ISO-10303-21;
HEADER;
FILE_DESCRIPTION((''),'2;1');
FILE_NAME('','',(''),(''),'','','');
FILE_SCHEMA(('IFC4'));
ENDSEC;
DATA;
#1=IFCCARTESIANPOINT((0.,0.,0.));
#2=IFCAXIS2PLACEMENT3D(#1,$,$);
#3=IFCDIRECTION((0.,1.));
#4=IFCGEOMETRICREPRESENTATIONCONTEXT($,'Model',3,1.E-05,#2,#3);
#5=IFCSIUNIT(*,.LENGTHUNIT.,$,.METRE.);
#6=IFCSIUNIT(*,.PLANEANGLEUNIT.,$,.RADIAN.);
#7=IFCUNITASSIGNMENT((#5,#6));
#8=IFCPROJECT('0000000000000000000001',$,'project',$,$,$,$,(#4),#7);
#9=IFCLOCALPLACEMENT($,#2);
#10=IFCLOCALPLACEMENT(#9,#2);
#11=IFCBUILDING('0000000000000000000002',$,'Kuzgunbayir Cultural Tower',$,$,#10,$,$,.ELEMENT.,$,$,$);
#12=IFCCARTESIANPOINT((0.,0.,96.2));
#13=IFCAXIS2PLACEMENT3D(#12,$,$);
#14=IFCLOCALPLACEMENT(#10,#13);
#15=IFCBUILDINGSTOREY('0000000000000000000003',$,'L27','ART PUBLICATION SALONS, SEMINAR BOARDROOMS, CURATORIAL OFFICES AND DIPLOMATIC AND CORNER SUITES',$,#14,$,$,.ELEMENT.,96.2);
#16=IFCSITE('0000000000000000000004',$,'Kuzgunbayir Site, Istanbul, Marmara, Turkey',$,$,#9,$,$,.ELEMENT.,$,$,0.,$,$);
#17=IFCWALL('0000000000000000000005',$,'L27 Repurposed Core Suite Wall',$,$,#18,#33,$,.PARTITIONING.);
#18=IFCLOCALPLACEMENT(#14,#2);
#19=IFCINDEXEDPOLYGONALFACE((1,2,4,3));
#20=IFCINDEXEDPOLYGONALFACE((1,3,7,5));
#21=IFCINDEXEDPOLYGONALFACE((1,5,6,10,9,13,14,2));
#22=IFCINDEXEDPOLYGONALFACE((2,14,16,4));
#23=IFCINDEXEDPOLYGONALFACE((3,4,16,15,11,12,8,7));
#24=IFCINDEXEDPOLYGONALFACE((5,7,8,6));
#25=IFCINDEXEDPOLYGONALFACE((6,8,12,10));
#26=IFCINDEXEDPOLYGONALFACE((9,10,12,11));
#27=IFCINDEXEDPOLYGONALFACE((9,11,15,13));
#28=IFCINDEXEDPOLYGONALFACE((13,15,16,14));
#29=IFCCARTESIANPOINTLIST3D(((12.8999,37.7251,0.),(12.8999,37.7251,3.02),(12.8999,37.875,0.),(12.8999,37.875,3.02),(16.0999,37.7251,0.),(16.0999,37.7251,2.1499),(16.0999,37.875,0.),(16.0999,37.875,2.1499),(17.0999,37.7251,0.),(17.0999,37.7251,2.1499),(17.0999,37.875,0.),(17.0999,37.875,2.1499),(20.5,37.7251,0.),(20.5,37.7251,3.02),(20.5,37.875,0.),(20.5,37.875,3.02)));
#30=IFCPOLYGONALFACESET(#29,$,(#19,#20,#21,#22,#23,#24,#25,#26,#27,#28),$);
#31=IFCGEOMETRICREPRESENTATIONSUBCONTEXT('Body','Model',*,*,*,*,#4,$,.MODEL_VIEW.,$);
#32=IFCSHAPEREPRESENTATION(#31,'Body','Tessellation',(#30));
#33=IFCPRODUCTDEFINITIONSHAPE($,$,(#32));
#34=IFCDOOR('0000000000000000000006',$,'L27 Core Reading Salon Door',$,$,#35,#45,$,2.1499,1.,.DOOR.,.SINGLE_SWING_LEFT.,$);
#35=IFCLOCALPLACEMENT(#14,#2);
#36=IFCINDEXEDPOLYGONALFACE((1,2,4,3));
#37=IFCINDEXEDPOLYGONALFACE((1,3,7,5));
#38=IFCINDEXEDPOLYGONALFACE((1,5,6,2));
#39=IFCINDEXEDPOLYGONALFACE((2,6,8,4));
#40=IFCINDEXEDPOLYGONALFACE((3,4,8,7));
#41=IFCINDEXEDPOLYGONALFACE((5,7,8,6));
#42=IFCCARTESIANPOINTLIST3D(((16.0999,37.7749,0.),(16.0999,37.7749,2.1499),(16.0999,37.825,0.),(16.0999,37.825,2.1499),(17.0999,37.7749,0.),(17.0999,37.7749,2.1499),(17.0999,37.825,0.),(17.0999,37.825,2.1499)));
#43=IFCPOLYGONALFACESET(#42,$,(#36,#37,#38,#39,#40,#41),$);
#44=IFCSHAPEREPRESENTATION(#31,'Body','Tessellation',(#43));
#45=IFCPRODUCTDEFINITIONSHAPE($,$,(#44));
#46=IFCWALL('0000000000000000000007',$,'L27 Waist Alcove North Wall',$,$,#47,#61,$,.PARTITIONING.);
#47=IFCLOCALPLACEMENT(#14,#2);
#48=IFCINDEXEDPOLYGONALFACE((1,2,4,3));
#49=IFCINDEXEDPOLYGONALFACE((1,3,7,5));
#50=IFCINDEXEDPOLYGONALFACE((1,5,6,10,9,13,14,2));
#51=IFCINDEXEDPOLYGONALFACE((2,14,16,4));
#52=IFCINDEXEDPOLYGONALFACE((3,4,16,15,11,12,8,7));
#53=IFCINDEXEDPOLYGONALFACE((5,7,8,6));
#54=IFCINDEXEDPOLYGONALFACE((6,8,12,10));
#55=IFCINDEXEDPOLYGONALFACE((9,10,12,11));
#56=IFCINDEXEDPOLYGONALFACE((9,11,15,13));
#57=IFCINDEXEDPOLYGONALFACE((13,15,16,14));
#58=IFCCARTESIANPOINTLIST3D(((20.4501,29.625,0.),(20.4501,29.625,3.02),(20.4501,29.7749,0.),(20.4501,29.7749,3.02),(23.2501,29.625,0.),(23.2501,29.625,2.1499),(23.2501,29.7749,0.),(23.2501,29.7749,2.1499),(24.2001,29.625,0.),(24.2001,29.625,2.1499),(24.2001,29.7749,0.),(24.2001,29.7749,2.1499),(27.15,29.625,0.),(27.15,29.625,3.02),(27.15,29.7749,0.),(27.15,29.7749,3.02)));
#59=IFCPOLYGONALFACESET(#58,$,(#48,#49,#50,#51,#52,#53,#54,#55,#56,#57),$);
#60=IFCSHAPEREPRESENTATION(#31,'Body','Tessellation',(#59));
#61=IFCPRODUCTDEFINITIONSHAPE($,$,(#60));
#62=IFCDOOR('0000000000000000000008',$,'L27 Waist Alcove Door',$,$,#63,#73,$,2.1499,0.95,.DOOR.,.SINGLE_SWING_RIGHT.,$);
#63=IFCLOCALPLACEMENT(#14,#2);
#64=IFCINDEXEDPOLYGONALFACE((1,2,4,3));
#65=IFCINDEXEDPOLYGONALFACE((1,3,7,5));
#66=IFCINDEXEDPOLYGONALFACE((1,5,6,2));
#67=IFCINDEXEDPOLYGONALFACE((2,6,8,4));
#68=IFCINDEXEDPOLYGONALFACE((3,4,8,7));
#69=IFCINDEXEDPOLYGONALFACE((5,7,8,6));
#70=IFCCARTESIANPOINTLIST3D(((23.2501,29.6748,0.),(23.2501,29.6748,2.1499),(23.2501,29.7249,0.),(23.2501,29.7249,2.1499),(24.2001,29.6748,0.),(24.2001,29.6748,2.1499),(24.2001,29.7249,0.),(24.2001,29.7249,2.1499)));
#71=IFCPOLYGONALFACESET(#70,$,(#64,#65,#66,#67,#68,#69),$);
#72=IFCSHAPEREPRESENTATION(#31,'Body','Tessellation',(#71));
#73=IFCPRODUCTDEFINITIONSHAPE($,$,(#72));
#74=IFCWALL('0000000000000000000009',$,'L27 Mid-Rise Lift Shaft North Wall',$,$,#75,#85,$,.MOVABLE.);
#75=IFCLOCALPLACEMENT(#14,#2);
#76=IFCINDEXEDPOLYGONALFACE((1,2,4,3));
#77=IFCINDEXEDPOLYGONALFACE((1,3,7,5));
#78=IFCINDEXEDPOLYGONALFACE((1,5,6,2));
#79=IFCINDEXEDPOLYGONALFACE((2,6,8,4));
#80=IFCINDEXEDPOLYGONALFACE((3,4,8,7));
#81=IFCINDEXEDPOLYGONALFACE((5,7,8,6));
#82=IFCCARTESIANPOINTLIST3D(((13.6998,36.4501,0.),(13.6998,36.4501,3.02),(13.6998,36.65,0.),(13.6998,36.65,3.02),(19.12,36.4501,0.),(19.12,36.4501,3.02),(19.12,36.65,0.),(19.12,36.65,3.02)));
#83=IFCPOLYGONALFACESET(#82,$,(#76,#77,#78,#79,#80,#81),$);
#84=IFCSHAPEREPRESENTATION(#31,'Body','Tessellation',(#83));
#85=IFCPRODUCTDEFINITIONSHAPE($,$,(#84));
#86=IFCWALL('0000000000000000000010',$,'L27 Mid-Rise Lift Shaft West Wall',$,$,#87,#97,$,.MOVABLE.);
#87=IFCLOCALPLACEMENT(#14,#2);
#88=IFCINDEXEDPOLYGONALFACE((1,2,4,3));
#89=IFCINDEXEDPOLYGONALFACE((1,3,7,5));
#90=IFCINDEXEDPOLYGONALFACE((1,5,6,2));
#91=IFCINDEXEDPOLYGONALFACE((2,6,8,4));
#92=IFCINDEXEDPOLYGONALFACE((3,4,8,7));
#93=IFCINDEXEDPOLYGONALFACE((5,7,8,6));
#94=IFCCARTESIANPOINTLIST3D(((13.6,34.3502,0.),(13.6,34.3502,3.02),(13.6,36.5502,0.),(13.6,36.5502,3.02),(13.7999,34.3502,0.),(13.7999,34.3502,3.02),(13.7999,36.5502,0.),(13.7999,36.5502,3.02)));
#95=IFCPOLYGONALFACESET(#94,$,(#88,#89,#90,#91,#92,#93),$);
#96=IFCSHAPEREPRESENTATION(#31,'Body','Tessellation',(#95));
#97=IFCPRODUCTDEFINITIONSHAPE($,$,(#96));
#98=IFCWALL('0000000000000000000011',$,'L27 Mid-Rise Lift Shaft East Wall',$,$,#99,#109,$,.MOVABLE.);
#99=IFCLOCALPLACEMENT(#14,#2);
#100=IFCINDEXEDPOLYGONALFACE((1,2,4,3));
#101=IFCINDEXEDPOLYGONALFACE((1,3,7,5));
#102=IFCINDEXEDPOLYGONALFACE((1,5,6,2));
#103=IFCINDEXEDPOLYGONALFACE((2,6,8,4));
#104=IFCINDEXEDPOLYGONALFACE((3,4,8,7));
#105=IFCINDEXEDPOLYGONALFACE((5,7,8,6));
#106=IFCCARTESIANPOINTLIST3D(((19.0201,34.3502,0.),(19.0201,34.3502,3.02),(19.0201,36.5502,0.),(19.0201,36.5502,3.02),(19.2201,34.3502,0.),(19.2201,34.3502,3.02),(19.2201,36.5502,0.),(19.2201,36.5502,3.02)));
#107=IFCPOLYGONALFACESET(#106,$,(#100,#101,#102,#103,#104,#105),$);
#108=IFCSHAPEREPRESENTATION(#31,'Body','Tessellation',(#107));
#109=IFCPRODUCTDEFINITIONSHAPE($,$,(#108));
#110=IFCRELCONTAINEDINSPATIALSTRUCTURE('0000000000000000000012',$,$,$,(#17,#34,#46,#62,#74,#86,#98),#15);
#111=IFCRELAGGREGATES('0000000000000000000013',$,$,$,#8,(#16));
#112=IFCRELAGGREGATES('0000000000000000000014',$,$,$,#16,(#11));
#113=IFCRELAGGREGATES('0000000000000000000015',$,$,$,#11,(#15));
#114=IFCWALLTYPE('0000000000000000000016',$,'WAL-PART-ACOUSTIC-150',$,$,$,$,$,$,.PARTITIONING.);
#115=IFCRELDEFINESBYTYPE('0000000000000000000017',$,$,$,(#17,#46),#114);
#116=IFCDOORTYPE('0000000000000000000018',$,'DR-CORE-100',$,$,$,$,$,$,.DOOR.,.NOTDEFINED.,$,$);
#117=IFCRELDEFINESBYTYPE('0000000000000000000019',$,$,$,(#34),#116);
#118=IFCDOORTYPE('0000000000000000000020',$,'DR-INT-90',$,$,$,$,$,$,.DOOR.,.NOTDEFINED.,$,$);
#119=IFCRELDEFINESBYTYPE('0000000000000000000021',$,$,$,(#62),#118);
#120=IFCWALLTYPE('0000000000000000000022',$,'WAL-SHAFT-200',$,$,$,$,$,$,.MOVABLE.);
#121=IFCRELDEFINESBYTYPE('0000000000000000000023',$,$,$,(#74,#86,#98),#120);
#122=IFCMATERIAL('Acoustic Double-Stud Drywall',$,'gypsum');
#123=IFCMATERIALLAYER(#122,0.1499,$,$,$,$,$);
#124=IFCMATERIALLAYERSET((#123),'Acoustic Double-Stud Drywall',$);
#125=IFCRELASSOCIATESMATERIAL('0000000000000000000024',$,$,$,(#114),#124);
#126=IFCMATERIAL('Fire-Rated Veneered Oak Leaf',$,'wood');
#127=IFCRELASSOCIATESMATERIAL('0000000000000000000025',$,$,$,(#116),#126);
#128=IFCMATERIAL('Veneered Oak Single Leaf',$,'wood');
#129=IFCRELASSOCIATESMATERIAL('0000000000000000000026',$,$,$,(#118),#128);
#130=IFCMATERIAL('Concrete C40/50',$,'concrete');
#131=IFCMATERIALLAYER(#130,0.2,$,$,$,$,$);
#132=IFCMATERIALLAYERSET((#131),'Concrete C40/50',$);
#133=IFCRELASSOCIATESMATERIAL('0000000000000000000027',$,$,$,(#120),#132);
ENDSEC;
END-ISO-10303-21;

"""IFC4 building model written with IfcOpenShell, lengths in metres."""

from ifc_helpers import new_model, si_unit, direction, frame, frame_2d, origin, place, context, subcontext, project, spatial, rectangle, extrude, material, layer, layer_set, type_object, element, fill, save


model = new_model("IFC4")

# Units and contexts
model_context = context("Model", 3, precision=1e-05, world=origin(), true_north=direction((0.0, 1.0)))
body_context = subcontext(model_context, "Body", "Model", "MODEL_VIEW")
ifc_project = project(units=[si_unit("LENGTHUNIT", "METRE"), si_unit("PLANEANGLEUNIT", "RADIAN")], contexts=[model_context])

# Site, building, storey
site_placement = place(None, origin())
site = spatial("IfcSite", under=ifc_project, at=site_placement, Name="Kuzgunbayir Site, Istanbul, Marmara, Turkey", CompositionType="ELEMENT", RefElevation=0.0)
building_placement = place(site_placement, origin())
building = spatial("IfcBuilding", under=site, at=building_placement, Name="Kuzgunbayir Cultural Tower", CompositionType="ELEMENT")
storey_placement = place(building_placement, frame((0.0, 0.0, 96.2)))
storey = spatial("IfcBuildingStorey", under=building, at=storey_placement, Name="L27", Description="ART PUBLICATION SALONS, SEMINAR BOARDROOMS, CURATORIAL OFFICES AND DIPLOMATIC AND CORNER SUITES", CompositionType="ELEMENT", Elevation=96.2)

# Walls, openings, doors
ifc_material_1 = material(Name="Acoustic Double-Stud Drywall", Category="gypsum")
ifc_layer_1 = layer(ifc_material_1, 0.1499)
ifc_layer_set_1 = layer_set([ifc_layer_1], Name="Acoustic Double-Stud Drywall")
wall_type_1 = type_object("IfcWallType", Name="WAL-PART-ACOUSTIC-150", PredefinedType="PARTITIONING", material=ifc_layer_set_1)
wall_1_placement = place(storey_placement, frame((12.8999, 37.8, 0.0), z_axis=(0.0, 0.0, 1.0), x_axis=(1.0, 0.0, 0.0)))
wall_1 = element("IfcWall", 1, at=wall_1_placement, inside=storey, type_object=wall_type_1, Name="L27 Repurposed Core Suite Wall", PredefinedType="PARTITIONING", context=body_context, shape_type="SweptSolid", body=[
    extrude(rectangle(XDim=7.6001, YDim=0.1499, at=frame_2d((3.8, 0.0))), origin(), (0.0, 0.0, 1.0), 3.02),
])
opening_1_placement = place(wall_1_placement, frame((3.2, 0.0, 0.0)))
opening_1 = element("IfcOpeningElement", 2, at=opening_1_placement, cuts=wall_1, PredefinedType="OPENING", context=body_context, shape_type="SweptSolid", body=[
    extrude(rectangle(XDim=1.0, YDim=2.1499, at=frame_2d((0.5, 1.075))), frame((0.0, 0.085, 0.0), z_axis=(0.0, -1.0, 0.0), x_axis=(1.0, 0.0, 0.0)), (0.0, 0.0, 1.0), 0.1699),
])
ifc_material_2 = material(Name="Fire-Rated Veneered Oak Leaf", Category="wood")
door_type_1 = type_object("IfcDoorType", Name="DR-CORE-100", OperationType="NOTDEFINED", PredefinedType="DOOR", material=ifc_material_2)
door_1_placement = place(opening_1_placement, origin())
door_1 = element("IfcDoor", 3, at=door_1_placement, inside=storey, type_object=door_type_1, Name="L27 Core Reading Salon Door", OperationType="SINGLE_SWING_LEFT", OverallHeight=2.1499, OverallWidth=1.0, PredefinedType="DOOR", context=body_context, shape_type="SweptSolid", body=[
    extrude(rectangle(XDim=1.0, YDim=2.1499, at=frame_2d((0.5, 1.075))), frame((0.0, 0.0249, 0.0), z_axis=(0.0, -1.0, 0.0), x_axis=(1.0, 0.0, 0.0)), (0.0, 0.0, 1.0), 0.05),
])
fill(opening_1, door_1)
wall_2_placement = place(storey_placement, frame((20.45, 29.7, 0.0), z_axis=(0.0, 0.0, 1.0), x_axis=(1.0, 0.0, 0.0)))
wall_2 = element("IfcWall", 4, at=wall_2_placement, inside=storey, type_object=wall_type_1, Name="L27 Waist Alcove North Wall", PredefinedType="PARTITIONING", context=body_context, shape_type="SweptSolid", body=[
    extrude(rectangle(XDim=6.7, YDim=0.1499, at=frame_2d((3.3501, 0.0))), origin(), (0.0, 0.0, 1.0), 3.02),
])
opening_2_placement = place(wall_2_placement, frame((2.8, 0.0, 0.0)))
opening_2 = element("IfcOpeningElement", 5, at=opening_2_placement, cuts=wall_2, PredefinedType="OPENING", context=body_context, shape_type="SweptSolid", body=[
    extrude(rectangle(XDim=0.95, YDim=2.1499, at=frame_2d((0.4751, 1.075))), frame((0.0, 0.085, 0.0), z_axis=(0.0, -1.0, 0.0), x_axis=(1.0, 0.0, 0.0)), (0.0, 0.0, 1.0), 0.1699),
])
ifc_material_3 = material(Name="Veneered Oak Single Leaf", Category="wood")
door_type_2 = type_object("IfcDoorType", Name="DR-INT-90", OperationType="NOTDEFINED", PredefinedType="DOOR", material=ifc_material_3)
door_2_placement = place(opening_2_placement, origin())
door_2 = element("IfcDoor", 6, at=door_2_placement, inside=storey, type_object=door_type_2, Name="L27 Waist Alcove Door", OperationType="SINGLE_SWING_RIGHT", OverallHeight=2.1499, OverallWidth=0.95, PredefinedType="DOOR", context=body_context, shape_type="SweptSolid", body=[
    extrude(rectangle(XDim=0.95, YDim=2.1499, at=frame_2d((0.4751, 1.075))), frame((0.0, 0.0249, 0.0), z_axis=(0.0, -1.0, 0.0), x_axis=(1.0, 0.0, 0.0)), (0.0, 0.0, 1.0), 0.05),
])
fill(opening_2, door_2)

# Shared definitions
ifc_material_4 = material(Name="Concrete C40/50", Category="concrete")
ifc_layer_2 = layer(ifc_material_4, 0.2)
ifc_layer_set_2 = layer_set([ifc_layer_2], Name="Concrete C40/50")
wall_type_2 = type_object("IfcWallType", Name="WAL-SHAFT-200", PredefinedType="MOVABLE", material=ifc_layer_set_2)

# Walls
wall_3_placement = place(storey_placement, frame((13.7, 36.55, 0.0), z_axis=(0.0, 0.0, 1.0), x_axis=(1.0, 0.0, 0.0)))
element("IfcWall", 7, at=wall_3_placement, inside=storey, type_object=wall_type_2, Name="L27 Mid-Rise Lift Shaft North Wall", PredefinedType="MOVABLE", context=body_context, shape_type="SweptSolid", body=[
    extrude(rectangle(XDim=5.4202, YDim=0.2, at=frame_2d((2.71, 0.0))), origin(), (0.0, 0.0, 1.0), 3.02),
])
for number, where, z_axis, x_axis, name in (
    (8, (13.7, 34.3501, 0.0), (0.0, 0.0, 1.0), (0.0, 1.0, 0.0), "L27 Mid-Rise Lift Shaft West Wall"),
    (9, (19.1201, 34.3501, 0.0), (0.0, 0.0, 1.0), (0.0, 1.0, 0.0), "L27 Mid-Rise Lift Shaft East Wall"),
):
    element("IfcWall", number, at=place(storey_placement, frame(where, z_axis=z_axis, x_axis=x_axis)), inside=storey, type_object=wall_type_2, Name=name, PredefinedType="MOVABLE", context=body_context, shape_type="SweptSolid", body=[
        extrude(rectangle(XDim=2.2, YDim=0.2, at=frame_2d((1.1001, 0.0))), origin(), (0.0, 0.0, 1.0), 3.02),
    ])

save(model, "model.ifc")
